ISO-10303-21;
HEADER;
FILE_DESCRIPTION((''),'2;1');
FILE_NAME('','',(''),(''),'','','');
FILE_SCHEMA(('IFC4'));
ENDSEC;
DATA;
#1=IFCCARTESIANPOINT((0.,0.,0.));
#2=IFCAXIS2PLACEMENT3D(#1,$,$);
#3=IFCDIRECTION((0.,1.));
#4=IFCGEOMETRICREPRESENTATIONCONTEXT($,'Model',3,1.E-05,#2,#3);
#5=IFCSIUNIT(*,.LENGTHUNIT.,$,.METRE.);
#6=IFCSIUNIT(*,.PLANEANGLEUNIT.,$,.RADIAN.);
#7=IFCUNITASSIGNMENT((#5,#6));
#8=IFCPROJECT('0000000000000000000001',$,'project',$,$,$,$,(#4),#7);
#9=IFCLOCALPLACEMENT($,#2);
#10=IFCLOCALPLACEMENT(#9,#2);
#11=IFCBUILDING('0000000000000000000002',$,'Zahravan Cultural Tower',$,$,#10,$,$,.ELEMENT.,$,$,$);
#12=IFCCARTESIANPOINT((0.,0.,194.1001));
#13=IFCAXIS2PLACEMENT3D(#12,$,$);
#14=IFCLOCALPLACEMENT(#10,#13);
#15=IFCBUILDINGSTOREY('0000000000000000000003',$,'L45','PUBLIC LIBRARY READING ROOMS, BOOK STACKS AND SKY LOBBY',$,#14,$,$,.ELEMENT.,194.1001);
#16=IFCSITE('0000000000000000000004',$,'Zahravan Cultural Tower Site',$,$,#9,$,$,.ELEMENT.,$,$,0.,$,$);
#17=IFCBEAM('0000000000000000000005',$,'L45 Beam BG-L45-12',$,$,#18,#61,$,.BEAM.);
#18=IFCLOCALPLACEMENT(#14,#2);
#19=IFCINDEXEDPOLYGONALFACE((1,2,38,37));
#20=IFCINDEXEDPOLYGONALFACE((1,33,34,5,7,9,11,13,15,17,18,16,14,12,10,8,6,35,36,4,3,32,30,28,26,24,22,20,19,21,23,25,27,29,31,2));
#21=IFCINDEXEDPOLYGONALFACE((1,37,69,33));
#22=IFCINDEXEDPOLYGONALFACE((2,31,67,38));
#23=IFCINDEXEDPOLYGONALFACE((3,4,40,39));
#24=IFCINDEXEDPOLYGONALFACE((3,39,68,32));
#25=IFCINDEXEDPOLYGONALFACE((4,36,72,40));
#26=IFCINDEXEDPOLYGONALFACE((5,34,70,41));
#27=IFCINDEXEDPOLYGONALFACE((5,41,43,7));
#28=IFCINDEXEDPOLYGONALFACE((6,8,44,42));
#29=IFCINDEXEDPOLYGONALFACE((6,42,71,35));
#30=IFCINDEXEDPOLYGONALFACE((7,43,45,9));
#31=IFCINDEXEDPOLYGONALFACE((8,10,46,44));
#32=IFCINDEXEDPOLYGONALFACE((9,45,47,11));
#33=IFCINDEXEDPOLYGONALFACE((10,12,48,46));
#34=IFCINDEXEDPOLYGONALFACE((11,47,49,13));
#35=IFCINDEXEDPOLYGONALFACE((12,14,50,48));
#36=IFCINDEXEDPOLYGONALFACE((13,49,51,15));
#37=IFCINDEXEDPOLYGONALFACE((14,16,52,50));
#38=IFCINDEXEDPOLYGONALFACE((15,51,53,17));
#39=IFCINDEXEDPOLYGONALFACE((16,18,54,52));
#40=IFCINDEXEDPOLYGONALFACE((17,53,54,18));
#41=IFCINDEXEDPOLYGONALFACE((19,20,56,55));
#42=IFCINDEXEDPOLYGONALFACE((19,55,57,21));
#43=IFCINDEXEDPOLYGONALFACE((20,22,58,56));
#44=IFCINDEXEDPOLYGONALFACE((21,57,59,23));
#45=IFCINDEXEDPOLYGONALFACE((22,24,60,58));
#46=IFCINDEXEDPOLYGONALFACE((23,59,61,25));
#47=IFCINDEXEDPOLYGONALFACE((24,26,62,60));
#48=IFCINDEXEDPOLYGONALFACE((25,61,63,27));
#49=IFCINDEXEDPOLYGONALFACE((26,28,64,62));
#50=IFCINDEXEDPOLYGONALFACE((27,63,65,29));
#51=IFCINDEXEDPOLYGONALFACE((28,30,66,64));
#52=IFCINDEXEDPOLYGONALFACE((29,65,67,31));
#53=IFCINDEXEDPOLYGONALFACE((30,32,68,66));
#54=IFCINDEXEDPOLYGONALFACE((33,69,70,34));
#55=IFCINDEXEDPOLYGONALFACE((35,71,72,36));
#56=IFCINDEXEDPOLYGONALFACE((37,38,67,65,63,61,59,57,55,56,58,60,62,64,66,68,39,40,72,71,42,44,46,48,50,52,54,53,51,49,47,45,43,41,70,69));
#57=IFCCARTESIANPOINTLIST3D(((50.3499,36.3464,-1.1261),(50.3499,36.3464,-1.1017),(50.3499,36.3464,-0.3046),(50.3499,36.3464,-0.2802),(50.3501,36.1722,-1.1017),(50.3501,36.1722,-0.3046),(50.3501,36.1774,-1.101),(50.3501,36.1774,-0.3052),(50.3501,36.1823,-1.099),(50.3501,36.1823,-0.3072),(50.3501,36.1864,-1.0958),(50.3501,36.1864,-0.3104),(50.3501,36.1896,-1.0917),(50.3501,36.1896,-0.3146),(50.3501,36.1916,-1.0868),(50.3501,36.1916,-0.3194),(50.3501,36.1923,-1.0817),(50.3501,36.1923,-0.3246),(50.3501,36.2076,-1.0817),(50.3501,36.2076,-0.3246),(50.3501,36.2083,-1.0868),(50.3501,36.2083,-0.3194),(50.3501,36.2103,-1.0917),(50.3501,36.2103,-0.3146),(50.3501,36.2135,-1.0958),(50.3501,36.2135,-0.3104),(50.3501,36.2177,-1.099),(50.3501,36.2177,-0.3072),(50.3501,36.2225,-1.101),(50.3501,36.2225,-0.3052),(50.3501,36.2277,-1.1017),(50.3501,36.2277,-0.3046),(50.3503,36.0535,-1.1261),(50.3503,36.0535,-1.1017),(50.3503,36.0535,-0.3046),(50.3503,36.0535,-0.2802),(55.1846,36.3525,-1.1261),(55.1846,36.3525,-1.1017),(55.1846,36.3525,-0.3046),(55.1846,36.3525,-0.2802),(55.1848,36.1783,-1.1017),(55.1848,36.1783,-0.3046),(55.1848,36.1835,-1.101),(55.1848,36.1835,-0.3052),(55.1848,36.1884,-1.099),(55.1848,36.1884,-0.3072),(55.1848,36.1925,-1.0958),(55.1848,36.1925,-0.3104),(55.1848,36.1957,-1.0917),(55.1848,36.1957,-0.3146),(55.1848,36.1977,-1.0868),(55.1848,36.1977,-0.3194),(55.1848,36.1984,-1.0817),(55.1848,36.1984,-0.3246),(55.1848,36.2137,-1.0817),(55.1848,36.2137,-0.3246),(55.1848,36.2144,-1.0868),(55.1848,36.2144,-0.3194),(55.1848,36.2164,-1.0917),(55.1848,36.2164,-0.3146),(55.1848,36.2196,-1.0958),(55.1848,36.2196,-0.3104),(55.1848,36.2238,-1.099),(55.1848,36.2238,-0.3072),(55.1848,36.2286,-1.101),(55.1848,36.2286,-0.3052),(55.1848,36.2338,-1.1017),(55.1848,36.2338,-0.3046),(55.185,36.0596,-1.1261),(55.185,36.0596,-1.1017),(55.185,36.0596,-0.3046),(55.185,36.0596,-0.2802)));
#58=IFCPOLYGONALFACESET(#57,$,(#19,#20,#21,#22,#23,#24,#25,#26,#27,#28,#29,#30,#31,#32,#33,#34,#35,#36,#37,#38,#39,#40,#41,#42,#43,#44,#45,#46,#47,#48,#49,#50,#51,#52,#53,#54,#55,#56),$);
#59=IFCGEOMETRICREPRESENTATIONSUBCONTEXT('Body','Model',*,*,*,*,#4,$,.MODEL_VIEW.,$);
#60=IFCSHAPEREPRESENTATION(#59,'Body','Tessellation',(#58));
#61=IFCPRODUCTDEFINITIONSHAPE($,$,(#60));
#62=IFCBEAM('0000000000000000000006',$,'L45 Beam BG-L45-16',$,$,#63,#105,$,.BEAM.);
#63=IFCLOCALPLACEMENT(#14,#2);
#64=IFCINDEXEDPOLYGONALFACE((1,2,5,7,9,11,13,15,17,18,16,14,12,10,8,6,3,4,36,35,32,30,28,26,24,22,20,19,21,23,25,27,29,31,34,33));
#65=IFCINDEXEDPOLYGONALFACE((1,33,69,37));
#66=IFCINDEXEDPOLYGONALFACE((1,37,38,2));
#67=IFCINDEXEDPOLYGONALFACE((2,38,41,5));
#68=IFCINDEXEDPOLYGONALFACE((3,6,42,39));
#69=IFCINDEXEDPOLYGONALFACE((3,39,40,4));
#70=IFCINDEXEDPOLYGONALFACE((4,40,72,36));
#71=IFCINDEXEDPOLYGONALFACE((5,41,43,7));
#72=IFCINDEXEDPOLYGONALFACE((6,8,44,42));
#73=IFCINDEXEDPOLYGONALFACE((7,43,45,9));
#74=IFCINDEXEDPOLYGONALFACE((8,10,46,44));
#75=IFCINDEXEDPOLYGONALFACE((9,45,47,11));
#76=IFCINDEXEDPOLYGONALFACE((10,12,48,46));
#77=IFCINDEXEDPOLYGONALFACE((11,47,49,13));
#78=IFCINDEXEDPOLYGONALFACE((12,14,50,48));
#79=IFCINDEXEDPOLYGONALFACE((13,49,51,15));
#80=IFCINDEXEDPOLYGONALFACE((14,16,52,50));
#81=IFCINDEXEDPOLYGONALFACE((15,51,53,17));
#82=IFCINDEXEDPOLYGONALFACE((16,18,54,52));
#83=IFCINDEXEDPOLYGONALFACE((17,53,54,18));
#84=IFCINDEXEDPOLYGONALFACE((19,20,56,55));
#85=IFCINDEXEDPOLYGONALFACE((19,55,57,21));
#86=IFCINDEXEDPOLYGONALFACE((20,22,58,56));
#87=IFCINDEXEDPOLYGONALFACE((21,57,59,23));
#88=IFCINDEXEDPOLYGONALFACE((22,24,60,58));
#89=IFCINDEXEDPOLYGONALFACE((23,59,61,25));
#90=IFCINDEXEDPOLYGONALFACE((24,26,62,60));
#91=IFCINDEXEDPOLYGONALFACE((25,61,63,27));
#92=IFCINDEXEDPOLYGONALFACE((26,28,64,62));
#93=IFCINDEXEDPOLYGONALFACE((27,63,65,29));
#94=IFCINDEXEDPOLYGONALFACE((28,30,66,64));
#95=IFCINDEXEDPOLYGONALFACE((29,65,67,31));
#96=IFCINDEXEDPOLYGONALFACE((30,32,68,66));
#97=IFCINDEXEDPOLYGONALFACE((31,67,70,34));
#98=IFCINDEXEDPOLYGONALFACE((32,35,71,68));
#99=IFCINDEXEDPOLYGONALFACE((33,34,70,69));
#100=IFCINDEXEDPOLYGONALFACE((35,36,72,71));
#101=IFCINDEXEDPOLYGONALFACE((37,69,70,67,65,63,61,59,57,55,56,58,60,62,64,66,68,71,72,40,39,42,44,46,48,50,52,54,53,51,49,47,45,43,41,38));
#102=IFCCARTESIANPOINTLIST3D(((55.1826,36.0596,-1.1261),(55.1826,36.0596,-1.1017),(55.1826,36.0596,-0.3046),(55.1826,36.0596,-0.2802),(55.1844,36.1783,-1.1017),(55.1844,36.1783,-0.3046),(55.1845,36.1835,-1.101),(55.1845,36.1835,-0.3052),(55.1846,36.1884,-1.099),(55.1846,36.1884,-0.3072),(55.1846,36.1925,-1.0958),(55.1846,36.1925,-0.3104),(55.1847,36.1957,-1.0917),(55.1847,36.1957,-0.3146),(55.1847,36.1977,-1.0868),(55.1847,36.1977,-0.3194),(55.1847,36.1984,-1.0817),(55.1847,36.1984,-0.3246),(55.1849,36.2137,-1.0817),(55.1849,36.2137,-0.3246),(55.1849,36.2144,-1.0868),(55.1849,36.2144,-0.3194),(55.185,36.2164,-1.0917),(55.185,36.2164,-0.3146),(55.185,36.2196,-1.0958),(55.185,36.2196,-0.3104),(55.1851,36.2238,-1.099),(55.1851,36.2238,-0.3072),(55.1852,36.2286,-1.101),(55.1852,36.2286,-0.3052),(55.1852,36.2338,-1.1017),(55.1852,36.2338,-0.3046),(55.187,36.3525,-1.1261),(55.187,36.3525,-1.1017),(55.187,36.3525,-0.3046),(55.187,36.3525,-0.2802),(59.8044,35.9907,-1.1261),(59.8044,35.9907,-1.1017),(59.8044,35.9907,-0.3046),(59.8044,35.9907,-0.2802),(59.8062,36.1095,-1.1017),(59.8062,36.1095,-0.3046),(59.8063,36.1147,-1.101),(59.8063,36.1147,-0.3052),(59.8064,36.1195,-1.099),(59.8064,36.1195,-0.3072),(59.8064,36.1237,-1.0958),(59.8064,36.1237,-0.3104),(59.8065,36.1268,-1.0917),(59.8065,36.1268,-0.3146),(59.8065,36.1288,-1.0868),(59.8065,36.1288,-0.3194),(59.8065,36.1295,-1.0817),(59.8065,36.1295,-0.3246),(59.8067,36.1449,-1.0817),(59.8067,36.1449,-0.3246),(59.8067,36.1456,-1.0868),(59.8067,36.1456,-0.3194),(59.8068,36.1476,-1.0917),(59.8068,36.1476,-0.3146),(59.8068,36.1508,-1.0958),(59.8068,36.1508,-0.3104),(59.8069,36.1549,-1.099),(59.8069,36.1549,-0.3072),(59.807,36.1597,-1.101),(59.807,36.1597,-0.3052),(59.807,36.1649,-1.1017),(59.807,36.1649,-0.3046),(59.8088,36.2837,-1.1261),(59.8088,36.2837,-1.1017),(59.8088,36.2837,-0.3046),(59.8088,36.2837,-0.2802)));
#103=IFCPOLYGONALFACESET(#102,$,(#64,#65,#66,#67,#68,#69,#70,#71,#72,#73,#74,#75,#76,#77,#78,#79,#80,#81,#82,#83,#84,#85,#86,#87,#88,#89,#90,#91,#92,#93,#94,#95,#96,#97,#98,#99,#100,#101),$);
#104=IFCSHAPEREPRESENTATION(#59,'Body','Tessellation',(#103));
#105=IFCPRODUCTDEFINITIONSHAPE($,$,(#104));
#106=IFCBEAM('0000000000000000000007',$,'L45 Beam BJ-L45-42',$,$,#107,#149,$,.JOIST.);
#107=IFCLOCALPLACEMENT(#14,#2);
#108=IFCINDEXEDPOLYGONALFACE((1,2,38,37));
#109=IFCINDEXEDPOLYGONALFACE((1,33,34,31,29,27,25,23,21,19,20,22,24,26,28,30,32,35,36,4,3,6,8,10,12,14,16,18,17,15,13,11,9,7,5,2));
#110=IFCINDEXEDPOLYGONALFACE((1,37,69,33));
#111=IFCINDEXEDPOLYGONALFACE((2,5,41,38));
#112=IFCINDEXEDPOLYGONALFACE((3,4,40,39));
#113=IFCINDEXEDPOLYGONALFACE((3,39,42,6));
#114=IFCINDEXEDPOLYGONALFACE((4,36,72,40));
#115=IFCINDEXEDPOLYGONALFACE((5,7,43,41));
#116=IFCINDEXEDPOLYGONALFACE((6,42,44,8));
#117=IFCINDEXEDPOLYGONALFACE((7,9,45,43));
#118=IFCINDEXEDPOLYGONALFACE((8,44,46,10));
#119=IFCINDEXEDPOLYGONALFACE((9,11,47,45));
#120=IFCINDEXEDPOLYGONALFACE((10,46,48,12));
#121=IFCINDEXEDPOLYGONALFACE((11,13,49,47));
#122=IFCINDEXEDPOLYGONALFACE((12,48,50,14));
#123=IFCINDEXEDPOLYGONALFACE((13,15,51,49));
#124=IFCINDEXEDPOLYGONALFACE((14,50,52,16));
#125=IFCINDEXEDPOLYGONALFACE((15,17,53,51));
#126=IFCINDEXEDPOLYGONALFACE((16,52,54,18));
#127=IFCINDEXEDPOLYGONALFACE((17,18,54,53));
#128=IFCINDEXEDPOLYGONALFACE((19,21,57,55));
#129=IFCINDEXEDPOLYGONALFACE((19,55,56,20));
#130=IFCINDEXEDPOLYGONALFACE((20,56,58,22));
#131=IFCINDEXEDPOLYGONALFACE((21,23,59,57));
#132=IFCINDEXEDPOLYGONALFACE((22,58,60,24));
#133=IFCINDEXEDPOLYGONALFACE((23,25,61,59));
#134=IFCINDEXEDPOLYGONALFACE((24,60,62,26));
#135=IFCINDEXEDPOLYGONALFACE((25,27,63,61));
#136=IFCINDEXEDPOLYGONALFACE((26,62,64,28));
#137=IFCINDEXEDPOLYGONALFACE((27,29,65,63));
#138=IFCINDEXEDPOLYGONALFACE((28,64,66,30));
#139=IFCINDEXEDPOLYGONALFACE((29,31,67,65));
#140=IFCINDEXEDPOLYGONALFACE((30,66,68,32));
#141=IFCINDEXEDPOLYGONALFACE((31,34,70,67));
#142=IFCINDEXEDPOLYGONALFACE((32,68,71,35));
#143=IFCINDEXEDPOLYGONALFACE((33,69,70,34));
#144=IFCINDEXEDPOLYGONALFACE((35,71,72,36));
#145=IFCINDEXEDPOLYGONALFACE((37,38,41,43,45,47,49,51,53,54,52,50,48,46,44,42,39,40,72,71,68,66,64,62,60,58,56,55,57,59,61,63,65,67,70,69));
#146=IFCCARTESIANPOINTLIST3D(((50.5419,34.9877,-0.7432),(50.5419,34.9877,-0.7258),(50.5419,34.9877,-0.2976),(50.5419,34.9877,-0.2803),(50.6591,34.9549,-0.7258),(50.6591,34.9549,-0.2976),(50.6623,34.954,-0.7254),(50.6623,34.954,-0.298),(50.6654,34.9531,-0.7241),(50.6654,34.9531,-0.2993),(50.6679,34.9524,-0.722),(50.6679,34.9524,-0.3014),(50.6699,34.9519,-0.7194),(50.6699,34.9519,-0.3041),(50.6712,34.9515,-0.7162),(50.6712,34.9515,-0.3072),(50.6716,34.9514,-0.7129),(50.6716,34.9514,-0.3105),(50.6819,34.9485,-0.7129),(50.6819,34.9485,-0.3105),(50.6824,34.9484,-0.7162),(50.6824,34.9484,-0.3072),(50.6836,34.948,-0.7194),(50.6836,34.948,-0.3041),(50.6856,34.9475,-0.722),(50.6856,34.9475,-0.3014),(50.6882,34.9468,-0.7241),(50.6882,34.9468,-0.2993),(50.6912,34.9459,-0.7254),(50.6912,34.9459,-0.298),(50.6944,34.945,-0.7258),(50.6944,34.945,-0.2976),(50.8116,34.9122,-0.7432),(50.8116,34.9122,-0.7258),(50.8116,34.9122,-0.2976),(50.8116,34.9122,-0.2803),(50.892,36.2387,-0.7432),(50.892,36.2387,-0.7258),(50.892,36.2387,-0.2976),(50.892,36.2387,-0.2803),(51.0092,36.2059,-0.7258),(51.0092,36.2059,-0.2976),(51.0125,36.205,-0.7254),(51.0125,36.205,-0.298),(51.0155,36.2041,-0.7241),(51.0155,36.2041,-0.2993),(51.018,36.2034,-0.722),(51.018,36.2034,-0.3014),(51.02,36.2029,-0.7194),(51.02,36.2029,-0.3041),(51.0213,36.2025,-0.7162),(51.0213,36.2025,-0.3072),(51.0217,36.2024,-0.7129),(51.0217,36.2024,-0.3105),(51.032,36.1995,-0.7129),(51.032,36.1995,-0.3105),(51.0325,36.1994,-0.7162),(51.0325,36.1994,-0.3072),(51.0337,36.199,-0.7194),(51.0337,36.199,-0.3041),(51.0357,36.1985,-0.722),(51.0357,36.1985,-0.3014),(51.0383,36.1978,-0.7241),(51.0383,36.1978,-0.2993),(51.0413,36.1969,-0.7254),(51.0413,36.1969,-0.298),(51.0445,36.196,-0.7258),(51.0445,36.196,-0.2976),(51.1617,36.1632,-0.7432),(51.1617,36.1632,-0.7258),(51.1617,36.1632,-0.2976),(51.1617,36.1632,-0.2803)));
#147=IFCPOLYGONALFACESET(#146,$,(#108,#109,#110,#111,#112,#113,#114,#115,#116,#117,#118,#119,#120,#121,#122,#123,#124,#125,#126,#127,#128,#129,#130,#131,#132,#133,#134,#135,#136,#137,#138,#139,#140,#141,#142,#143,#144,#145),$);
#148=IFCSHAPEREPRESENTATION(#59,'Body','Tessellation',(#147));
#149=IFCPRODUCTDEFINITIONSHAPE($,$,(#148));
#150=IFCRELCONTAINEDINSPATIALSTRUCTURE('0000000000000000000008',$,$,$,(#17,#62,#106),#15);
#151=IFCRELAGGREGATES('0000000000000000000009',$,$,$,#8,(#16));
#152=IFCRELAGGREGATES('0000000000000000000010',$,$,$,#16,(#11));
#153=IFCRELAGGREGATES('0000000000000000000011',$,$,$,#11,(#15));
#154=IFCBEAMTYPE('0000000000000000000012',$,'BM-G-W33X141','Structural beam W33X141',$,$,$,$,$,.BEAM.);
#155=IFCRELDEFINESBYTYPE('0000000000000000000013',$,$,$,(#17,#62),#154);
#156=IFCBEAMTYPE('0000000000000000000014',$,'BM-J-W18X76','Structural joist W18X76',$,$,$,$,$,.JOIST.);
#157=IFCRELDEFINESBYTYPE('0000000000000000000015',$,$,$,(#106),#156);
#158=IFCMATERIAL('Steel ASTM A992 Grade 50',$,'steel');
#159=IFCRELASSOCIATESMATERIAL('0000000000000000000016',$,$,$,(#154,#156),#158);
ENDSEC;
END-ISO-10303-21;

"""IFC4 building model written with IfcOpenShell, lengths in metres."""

from ifc_helpers import new_model, si_unit, direction, frame, origin, origin_2d, place, context, subcontext, project, spatial, i_section, extrude, source, transform, mapped, material, material_profile, profile_set, type_object, element, save


model = new_model("IFC4")

# Units and contexts
model_context = context("Model", 3, precision=1e-05, world=origin(), true_north=direction((0.0, 1.0)))
body_context = subcontext(model_context, "Body", "Model", "MODEL_VIEW")
ifc_project = project(units=[si_unit("LENGTHUNIT", "METRE"), si_unit("PLANEANGLEUNIT", "RADIAN")], contexts=[model_context])

# Site, building, storey
site_placement = place(None, origin())
site = spatial("IfcSite", under=ifc_project, at=site_placement, Name="Zahravan Cultural Tower Site", CompositionType="ELEMENT", RefElevation=0.0)
building_placement = place(site_placement, origin())
building = spatial("IfcBuilding", under=site, at=building_placement, Name="Zahravan Cultural Tower", CompositionType="ELEMENT")
storey_placement = place(building_placement, frame((0.0, 0.0, 194.1001)))
storey = spatial("IfcBuildingStorey", under=building, at=storey_placement, Name="L45", Description="PUBLIC LIBRARY READING ROOMS, BOOK STACKS AND SKY LOBBY", CompositionType="ELEMENT", Elevation=194.1001)

# Shared definitions
ifc_material_1 = material(Name="Steel ASTM A992 Grade 50", Category="steel")

# Beams
ifc_material_profile_1 = material_profile(ifc_material_1, i_section(OverallWidth=0.293, OverallDepth=0.8459, WebThickness=0.0154, FlangeThickness=0.0244, FilletRadius=0.02, at=origin_2d()), Name="W33X141")
ifc_profile_set_1 = profile_set([ifc_material_profile_1], Name="Steel ASTM A992 Grade 50")
beam_type_1 = type_object("IfcBeamType", Name="BM-G-W33X141", Description="Structural beam W33X141", PredefinedType="BEAM", material=ifc_profile_set_1)
shared_shape_1 = source(origin(), body_context, "Body", "SweptSolid", [
    extrude(i_section(OverallWidth=0.293, OverallDepth=0.8459, WebThickness=0.0154, FlangeThickness=0.0244, FilletRadius=0.02, at=origin_2d()), origin(), (0.0, 0.0, 1.0), 4.8347),
])
beam_1_placement = place(storey_placement, frame((50.3501, 36.2, -0.7031), z_axis=(0.999999, 0.001262, 0.0), x_axis=(-0.001262, 0.999999, 0.0)))
element("IfcBeam", 1, at=beam_1_placement, inside=storey, type_object=beam_type_1, Name="L45 Beam BG-L45-12", PredefinedType="BEAM", context=body_context, shape_type="MappedRepresentation", body=[
    mapped(shared_shape_1, transform((0.0, 0.0, 0.0), x_axis=(1.0, 0.0, 0.0), y_axis=(0.0, 1.0, 0.0), z_axis=(0.0, 0.0, 1.0), scale=1.0)),
])
shared_shape_2 = source(origin(), body_context, "Body", "SweptSolid", [
    extrude(i_section(OverallWidth=0.293, OverallDepth=0.8459, WebThickness=0.0154, FlangeThickness=0.0244, FilletRadius=0.02, at=origin_2d()), origin(), (0.0, 0.0, 1.0), 4.6223),
])
beam_2_placement = place(storey_placement, frame((55.1848, 36.2061, -0.7031), z_axis=(0.999889, -0.014895, 0.0), x_axis=(0.014895, 0.999889, 0.0)))
element("IfcBeam", 2, at=beam_2_placement, inside=storey, type_object=beam_type_1, Name="L45 Beam BG-L45-16", PredefinedType="BEAM", context=body_context, shape_type="MappedRepresentation", body=[
    mapped(shared_shape_2, transform((0.0, 0.0, 0.0), x_axis=(1.0, 0.0, 0.0), y_axis=(0.0, 1.0, 0.0), z_axis=(0.0, 0.0, 1.0), scale=1.0)),
])
ifc_material_profile_2 = material_profile(ifc_material_1, i_section(OverallWidth=0.28, OverallDepth=0.4629, WebThickness=0.0107, FlangeThickness=0.0173, FilletRadius=0.0129, at=origin_2d()), Name="W18X76")
ifc_profile_set_2 = profile_set([ifc_material_profile_2], Name="Steel ASTM A992 Grade 50")
beam_type_2 = type_object("IfcBeamType", Name="BM-J-W18X76", Description="Structural joist W18X76", PredefinedType="JOIST", material=ifc_profile_set_2)
shared_shape_3 = source(origin(), body_context, "Body", "SweptSolid", [
    extrude(i_section(OverallWidth=0.28, OverallDepth=0.4629, WebThickness=0.0107, FlangeThickness=0.0173, FilletRadius=0.0129, at=origin_2d()), origin(), (0.0, 0.0, 1.0), 1.2991),
])
beam_3_placement = place(storey_placement, frame((50.6768, 34.95, -0.5117), z_axis=(0.269504, 0.962999, 0.0), x_axis=(-0.962999, 0.269504, 0.0)))
element("IfcBeam", 3, at=beam_3_placement, inside=storey, type_object=beam_type_2, Name="L45 Beam BJ-L45-42", PredefinedType="JOIST", context=body_context, shape_type="MappedRepresentation", body=[
    mapped(shared_shape_3, transform((0.0, 0.0, 0.0), x_axis=(1.0, 0.0, 0.0), y_axis=(0.0, 1.0, 0.0), z_axis=(0.0, 0.0, 1.0), scale=1.0)),
])

save(model, "model.ifc")
